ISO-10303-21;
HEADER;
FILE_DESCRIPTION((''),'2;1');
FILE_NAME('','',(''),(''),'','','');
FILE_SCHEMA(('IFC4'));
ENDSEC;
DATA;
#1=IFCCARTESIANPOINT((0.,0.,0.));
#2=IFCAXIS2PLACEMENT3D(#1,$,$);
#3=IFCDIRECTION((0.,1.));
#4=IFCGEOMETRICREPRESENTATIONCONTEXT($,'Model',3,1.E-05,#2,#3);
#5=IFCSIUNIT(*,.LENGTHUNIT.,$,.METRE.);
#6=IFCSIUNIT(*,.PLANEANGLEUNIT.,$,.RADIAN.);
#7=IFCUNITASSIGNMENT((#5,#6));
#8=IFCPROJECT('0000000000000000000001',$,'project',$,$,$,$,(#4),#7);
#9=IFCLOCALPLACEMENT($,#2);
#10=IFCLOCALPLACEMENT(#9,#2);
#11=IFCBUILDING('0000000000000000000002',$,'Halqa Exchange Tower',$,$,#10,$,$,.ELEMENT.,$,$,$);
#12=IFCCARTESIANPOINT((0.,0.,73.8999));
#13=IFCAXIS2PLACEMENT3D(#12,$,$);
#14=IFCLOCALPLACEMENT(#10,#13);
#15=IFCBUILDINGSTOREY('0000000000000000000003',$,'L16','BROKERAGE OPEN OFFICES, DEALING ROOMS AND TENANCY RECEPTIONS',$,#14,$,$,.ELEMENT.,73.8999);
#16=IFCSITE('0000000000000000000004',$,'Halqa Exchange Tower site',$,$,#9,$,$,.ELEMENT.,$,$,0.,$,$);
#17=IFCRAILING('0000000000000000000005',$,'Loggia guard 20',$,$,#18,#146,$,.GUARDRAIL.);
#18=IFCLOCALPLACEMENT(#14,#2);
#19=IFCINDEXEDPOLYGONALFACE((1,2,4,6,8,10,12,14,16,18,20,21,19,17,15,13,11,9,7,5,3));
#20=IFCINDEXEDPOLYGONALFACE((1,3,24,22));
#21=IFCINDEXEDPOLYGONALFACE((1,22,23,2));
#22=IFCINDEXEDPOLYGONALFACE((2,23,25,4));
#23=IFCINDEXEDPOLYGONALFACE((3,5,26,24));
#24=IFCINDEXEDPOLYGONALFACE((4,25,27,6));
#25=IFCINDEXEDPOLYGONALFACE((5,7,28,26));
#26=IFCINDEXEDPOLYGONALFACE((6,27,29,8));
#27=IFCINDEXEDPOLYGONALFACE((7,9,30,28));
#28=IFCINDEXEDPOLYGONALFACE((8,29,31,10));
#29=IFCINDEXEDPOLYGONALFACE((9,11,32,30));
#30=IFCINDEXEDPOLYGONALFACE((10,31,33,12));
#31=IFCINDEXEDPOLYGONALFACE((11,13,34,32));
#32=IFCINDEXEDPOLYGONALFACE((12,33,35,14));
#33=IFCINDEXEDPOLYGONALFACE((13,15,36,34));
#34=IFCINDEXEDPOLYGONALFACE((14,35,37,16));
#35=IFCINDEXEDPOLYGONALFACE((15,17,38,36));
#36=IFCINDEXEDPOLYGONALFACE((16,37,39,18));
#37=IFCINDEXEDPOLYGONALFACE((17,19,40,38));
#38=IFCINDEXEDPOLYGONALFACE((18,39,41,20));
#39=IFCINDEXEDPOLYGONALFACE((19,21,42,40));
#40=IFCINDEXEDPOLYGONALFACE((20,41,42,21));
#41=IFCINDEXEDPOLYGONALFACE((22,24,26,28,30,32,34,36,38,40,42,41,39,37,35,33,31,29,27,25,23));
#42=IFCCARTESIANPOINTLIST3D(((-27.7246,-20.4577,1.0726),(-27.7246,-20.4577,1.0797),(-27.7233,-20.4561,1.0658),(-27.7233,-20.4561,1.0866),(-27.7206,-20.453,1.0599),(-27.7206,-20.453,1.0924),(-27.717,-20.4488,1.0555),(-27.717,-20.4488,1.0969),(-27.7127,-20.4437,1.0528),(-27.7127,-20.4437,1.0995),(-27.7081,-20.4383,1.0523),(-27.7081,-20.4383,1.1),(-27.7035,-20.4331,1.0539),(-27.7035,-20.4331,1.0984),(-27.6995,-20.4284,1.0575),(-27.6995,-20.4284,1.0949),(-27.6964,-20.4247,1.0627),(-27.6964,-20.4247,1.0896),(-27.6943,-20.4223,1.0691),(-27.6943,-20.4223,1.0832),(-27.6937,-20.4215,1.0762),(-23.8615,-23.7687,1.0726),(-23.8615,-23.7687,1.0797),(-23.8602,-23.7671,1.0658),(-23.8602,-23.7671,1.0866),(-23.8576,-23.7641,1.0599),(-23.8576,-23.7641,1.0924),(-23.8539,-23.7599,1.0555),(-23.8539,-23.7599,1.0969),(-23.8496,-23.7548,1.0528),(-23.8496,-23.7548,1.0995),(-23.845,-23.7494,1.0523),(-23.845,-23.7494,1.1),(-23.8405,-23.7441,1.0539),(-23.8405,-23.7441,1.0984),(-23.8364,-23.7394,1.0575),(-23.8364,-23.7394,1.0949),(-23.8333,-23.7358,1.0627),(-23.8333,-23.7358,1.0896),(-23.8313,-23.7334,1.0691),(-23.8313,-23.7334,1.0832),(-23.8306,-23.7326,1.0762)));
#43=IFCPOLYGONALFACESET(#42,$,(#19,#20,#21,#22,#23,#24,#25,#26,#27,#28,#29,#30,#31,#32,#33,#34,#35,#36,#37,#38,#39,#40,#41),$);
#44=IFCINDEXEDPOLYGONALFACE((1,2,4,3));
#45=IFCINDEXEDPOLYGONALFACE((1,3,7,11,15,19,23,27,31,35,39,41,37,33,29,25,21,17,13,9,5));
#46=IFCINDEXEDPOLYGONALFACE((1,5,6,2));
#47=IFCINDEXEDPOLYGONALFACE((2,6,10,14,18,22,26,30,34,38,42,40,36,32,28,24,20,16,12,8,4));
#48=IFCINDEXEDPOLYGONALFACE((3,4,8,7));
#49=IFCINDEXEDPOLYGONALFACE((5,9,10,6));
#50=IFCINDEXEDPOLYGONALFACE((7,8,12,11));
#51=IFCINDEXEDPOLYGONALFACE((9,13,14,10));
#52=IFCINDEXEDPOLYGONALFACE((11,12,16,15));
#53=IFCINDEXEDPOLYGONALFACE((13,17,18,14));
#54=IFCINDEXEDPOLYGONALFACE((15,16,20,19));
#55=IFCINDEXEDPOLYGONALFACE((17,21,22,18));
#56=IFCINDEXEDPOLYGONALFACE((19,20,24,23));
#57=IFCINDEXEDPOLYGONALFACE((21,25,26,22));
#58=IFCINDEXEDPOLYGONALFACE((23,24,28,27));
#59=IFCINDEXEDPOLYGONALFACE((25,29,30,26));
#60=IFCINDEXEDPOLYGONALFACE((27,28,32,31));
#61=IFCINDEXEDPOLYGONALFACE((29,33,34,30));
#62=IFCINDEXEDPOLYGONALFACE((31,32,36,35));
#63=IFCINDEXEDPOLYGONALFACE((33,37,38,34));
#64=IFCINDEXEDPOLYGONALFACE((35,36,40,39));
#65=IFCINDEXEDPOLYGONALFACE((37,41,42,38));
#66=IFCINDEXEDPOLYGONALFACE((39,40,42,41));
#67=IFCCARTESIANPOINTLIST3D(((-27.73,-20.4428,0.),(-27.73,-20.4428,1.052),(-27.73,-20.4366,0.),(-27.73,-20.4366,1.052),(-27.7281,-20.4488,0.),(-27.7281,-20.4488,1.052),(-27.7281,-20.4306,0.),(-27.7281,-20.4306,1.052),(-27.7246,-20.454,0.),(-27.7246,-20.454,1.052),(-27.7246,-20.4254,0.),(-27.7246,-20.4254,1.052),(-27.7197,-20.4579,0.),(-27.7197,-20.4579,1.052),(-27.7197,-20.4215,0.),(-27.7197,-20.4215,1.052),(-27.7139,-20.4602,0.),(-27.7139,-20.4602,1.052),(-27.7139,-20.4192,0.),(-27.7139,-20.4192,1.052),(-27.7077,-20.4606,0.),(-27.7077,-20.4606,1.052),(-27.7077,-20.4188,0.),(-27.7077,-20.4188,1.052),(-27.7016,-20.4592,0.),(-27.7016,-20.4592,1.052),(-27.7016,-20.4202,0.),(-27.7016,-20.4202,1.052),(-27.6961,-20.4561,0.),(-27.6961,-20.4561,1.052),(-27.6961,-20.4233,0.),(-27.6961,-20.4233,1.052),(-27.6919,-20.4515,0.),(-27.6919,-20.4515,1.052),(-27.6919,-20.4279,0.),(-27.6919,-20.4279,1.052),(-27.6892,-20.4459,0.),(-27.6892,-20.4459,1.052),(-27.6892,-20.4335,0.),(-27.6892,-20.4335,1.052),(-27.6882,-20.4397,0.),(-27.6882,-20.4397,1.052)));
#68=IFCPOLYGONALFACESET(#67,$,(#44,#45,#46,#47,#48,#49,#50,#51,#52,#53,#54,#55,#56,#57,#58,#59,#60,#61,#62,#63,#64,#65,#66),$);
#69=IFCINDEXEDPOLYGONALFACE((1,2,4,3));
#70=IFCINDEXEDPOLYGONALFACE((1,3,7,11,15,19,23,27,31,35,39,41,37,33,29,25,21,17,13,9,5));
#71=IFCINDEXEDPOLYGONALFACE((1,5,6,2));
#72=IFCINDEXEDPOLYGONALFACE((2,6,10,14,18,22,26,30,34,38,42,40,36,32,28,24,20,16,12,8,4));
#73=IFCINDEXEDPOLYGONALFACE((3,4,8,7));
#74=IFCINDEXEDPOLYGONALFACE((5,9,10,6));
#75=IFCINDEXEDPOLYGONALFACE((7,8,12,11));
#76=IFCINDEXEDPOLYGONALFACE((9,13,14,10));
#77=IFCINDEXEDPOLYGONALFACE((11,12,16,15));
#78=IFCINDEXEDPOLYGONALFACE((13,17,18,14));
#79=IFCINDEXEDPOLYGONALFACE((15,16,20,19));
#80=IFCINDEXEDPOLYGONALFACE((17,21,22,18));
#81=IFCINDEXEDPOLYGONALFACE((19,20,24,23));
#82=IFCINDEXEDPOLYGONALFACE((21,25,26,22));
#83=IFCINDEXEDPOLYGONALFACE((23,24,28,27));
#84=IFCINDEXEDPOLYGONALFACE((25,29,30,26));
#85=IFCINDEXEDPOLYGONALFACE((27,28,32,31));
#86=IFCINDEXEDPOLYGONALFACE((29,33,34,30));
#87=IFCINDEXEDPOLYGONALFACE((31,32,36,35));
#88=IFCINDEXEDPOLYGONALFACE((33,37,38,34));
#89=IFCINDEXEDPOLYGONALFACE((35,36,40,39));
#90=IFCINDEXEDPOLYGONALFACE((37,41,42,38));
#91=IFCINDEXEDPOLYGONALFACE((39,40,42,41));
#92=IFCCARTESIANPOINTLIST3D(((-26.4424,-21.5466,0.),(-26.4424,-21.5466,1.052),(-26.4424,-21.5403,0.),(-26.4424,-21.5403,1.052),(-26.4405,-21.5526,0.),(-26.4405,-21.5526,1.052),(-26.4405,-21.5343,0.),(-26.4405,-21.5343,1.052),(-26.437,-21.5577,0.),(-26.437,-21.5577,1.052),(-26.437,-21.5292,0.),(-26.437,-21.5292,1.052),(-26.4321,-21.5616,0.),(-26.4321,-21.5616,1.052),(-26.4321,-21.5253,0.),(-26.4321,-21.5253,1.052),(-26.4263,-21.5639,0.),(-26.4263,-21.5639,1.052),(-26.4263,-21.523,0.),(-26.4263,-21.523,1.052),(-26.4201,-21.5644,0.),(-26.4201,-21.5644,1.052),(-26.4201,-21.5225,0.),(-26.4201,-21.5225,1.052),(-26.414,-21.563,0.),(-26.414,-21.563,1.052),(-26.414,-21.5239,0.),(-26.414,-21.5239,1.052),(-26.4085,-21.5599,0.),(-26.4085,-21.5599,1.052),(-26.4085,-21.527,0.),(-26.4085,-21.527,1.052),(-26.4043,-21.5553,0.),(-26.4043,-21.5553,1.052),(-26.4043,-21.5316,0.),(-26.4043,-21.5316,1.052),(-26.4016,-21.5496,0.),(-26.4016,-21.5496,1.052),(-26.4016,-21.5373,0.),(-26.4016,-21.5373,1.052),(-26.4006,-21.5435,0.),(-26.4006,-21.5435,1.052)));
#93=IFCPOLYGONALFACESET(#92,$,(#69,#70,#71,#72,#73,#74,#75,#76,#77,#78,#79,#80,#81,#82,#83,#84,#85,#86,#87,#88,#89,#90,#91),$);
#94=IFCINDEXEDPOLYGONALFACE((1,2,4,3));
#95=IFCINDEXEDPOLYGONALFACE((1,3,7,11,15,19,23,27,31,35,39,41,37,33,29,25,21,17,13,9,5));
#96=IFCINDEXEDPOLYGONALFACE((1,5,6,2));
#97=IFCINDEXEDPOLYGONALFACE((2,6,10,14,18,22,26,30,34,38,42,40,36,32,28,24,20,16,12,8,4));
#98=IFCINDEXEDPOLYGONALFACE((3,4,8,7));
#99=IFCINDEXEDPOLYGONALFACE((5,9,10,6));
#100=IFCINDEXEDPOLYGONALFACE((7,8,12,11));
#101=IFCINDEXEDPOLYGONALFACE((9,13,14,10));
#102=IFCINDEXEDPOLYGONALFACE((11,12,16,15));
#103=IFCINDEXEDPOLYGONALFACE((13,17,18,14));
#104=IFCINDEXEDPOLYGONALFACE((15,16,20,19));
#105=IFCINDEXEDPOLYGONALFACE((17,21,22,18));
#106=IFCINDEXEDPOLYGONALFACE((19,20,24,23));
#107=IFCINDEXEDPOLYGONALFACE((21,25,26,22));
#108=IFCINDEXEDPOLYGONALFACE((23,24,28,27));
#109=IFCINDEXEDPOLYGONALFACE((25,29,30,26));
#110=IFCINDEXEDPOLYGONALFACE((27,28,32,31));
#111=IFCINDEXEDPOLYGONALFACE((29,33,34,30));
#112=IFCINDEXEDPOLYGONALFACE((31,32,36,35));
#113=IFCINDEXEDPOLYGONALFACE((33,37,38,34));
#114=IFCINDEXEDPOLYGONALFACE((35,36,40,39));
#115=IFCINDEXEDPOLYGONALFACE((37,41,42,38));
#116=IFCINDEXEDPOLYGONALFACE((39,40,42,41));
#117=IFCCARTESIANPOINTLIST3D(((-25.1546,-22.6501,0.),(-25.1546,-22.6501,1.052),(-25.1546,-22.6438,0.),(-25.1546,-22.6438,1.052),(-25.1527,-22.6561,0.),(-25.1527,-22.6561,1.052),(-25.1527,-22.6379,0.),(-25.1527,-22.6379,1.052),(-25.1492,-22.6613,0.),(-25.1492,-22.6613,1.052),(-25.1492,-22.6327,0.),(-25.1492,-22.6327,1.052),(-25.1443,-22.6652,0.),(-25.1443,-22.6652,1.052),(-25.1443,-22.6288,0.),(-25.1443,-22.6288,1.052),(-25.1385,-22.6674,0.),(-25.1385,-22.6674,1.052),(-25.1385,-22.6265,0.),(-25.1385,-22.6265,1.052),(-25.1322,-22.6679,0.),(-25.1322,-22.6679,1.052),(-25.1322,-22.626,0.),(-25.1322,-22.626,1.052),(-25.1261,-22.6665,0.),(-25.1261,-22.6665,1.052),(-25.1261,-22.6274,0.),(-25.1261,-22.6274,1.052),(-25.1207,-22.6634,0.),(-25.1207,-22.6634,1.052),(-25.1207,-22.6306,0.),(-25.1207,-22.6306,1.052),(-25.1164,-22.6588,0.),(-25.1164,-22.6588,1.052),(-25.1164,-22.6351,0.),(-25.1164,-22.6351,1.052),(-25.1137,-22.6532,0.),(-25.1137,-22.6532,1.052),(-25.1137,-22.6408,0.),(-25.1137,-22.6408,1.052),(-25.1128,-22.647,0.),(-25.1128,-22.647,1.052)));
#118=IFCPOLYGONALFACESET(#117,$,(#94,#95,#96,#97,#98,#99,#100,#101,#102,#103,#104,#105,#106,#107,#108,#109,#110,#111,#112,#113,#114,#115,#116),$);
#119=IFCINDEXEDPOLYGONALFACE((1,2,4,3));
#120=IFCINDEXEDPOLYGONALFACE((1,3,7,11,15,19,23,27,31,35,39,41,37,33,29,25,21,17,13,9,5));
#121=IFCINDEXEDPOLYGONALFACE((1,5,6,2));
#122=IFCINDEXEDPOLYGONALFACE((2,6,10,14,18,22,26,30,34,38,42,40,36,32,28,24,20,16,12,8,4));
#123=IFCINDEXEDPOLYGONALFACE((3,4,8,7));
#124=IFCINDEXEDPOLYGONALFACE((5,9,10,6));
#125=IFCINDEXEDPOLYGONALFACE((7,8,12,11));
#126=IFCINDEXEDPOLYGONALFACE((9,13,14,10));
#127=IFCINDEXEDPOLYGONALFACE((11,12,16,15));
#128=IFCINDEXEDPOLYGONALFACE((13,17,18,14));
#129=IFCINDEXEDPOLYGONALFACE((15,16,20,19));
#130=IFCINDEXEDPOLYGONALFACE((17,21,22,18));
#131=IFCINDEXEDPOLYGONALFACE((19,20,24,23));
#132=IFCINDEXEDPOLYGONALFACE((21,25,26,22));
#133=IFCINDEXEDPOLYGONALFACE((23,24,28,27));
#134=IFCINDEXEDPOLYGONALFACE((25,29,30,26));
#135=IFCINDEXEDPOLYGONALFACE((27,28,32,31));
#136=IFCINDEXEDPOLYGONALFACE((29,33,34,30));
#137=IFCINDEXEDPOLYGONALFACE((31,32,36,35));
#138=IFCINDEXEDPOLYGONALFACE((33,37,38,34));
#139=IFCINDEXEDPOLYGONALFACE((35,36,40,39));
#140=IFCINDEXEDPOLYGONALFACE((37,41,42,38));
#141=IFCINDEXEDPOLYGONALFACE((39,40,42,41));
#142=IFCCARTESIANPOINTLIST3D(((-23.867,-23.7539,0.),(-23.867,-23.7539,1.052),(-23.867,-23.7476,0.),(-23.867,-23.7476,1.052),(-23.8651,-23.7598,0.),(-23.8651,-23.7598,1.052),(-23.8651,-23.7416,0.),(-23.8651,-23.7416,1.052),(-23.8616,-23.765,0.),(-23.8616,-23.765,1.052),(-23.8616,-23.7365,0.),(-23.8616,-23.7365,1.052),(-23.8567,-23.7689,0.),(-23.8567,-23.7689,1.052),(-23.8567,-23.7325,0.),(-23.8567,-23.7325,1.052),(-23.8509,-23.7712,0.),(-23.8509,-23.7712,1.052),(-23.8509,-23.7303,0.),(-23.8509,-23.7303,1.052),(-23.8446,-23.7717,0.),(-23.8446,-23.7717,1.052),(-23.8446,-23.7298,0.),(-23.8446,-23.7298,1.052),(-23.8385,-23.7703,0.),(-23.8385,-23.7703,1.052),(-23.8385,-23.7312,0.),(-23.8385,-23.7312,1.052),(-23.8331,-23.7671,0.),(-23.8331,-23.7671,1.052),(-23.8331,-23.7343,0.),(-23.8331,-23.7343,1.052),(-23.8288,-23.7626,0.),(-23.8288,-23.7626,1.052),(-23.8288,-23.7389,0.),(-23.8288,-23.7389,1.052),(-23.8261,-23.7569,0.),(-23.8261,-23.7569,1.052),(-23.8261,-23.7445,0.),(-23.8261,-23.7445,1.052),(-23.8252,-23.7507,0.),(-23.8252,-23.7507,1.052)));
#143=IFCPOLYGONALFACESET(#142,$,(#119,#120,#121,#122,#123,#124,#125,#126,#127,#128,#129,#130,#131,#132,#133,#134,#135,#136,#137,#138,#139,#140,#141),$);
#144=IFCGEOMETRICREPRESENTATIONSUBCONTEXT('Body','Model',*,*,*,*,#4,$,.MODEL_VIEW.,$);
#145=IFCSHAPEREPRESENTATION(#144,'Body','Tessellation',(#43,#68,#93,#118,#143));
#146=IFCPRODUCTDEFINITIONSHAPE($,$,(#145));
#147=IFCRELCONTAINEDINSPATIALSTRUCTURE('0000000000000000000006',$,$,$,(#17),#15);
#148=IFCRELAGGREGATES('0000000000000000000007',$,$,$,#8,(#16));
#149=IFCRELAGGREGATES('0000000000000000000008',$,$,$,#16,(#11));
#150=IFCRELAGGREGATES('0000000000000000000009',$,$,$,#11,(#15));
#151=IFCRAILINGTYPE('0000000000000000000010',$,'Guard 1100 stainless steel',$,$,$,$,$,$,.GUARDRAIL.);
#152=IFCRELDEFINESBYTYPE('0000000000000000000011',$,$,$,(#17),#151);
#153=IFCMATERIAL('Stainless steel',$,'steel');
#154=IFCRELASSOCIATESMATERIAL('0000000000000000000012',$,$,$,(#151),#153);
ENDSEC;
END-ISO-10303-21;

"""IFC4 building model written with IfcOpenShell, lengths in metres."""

from ifc_helpers import new_model, si_unit, direction, frame, origin, origin_2d, place, context, subcontext, project, spatial, circle, extrude, material, type_object, element, save


model = new_model("IFC4")

# Units and contexts
model_context = context("Model", 3, precision=1e-05, world=origin(), true_north=direction((0.0, 1.0)))
body_context = subcontext(model_context, "Body", "Model", "MODEL_VIEW")
ifc_project = project(units=[si_unit("LENGTHUNIT", "METRE"), si_unit("PLANEANGLEUNIT", "RADIAN")], contexts=[model_context])

# Site, building, storey
site_placement = place(None, origin())
site = spatial("IfcSite", under=ifc_project, at=site_placement, Name="Halqa Exchange Tower site", CompositionType="ELEMENT", RefElevation=0.0)
building_placement = place(site_placement, origin())
building = spatial("IfcBuilding", under=site, at=building_placement, Name="Halqa Exchange Tower", CompositionType="ELEMENT")
storey_placement = place(building_placement, frame((0.0, 0.0, 73.8999)))
storey = spatial("IfcBuildingStorey", under=building, at=storey_placement, Name="L16", Description="BROKERAGE OPEN OFFICES, DEALING ROOMS AND TENANCY RECEPTIONS", CompositionType="ELEMENT", Elevation=73.8999)

# Railing
ifc_material_1 = material(Name="Stainless steel", Category="steel")
railing_type = type_object("IfcRailingType", Name="Guard 1100 stainless steel", PredefinedType="GUARDRAIL", material=ifc_material_1)
railing_1_placement = place(storey_placement, frame((-27.7092, -20.4397, 0.0)))
element("IfcRailing", 1, at=railing_1_placement, inside=storey, type_object=railing_type, Name="Loggia guard 20", PredefinedType="GUARDRAIL", context=body_context, shape_type="SweptSolid", body=[
    extrude(circle(Radius=0.0239, at=origin_2d()), frame((0.0, 0.0, 1.0762), z_axis=(0.75927, -0.650776, 0.0), x_axis=(0.650776, 0.75927, 0.0)), (0.0, 0.0, 1.0), 5.0879),
    extrude(circle(Radius=0.021, at=origin_2d()), origin(), (0.0, 0.0, 1.0), 1.052),
    extrude(circle(Radius=0.021, at=origin_2d()), frame((1.2876, -1.1038, 0.0)), (0.0, 0.0, 1.0), 1.052),
    extrude(circle(Radius=0.021, at=origin_2d()), frame((2.5754, -2.2073, 0.0)), (0.0, 0.0, 1.0), 1.052),
    extrude(circle(Radius=0.021, at=origin_2d()), frame((3.863, -3.311, 0.0)), (0.0, 0.0, 1.0), 1.052),
])

save(model, "model.ifc")
